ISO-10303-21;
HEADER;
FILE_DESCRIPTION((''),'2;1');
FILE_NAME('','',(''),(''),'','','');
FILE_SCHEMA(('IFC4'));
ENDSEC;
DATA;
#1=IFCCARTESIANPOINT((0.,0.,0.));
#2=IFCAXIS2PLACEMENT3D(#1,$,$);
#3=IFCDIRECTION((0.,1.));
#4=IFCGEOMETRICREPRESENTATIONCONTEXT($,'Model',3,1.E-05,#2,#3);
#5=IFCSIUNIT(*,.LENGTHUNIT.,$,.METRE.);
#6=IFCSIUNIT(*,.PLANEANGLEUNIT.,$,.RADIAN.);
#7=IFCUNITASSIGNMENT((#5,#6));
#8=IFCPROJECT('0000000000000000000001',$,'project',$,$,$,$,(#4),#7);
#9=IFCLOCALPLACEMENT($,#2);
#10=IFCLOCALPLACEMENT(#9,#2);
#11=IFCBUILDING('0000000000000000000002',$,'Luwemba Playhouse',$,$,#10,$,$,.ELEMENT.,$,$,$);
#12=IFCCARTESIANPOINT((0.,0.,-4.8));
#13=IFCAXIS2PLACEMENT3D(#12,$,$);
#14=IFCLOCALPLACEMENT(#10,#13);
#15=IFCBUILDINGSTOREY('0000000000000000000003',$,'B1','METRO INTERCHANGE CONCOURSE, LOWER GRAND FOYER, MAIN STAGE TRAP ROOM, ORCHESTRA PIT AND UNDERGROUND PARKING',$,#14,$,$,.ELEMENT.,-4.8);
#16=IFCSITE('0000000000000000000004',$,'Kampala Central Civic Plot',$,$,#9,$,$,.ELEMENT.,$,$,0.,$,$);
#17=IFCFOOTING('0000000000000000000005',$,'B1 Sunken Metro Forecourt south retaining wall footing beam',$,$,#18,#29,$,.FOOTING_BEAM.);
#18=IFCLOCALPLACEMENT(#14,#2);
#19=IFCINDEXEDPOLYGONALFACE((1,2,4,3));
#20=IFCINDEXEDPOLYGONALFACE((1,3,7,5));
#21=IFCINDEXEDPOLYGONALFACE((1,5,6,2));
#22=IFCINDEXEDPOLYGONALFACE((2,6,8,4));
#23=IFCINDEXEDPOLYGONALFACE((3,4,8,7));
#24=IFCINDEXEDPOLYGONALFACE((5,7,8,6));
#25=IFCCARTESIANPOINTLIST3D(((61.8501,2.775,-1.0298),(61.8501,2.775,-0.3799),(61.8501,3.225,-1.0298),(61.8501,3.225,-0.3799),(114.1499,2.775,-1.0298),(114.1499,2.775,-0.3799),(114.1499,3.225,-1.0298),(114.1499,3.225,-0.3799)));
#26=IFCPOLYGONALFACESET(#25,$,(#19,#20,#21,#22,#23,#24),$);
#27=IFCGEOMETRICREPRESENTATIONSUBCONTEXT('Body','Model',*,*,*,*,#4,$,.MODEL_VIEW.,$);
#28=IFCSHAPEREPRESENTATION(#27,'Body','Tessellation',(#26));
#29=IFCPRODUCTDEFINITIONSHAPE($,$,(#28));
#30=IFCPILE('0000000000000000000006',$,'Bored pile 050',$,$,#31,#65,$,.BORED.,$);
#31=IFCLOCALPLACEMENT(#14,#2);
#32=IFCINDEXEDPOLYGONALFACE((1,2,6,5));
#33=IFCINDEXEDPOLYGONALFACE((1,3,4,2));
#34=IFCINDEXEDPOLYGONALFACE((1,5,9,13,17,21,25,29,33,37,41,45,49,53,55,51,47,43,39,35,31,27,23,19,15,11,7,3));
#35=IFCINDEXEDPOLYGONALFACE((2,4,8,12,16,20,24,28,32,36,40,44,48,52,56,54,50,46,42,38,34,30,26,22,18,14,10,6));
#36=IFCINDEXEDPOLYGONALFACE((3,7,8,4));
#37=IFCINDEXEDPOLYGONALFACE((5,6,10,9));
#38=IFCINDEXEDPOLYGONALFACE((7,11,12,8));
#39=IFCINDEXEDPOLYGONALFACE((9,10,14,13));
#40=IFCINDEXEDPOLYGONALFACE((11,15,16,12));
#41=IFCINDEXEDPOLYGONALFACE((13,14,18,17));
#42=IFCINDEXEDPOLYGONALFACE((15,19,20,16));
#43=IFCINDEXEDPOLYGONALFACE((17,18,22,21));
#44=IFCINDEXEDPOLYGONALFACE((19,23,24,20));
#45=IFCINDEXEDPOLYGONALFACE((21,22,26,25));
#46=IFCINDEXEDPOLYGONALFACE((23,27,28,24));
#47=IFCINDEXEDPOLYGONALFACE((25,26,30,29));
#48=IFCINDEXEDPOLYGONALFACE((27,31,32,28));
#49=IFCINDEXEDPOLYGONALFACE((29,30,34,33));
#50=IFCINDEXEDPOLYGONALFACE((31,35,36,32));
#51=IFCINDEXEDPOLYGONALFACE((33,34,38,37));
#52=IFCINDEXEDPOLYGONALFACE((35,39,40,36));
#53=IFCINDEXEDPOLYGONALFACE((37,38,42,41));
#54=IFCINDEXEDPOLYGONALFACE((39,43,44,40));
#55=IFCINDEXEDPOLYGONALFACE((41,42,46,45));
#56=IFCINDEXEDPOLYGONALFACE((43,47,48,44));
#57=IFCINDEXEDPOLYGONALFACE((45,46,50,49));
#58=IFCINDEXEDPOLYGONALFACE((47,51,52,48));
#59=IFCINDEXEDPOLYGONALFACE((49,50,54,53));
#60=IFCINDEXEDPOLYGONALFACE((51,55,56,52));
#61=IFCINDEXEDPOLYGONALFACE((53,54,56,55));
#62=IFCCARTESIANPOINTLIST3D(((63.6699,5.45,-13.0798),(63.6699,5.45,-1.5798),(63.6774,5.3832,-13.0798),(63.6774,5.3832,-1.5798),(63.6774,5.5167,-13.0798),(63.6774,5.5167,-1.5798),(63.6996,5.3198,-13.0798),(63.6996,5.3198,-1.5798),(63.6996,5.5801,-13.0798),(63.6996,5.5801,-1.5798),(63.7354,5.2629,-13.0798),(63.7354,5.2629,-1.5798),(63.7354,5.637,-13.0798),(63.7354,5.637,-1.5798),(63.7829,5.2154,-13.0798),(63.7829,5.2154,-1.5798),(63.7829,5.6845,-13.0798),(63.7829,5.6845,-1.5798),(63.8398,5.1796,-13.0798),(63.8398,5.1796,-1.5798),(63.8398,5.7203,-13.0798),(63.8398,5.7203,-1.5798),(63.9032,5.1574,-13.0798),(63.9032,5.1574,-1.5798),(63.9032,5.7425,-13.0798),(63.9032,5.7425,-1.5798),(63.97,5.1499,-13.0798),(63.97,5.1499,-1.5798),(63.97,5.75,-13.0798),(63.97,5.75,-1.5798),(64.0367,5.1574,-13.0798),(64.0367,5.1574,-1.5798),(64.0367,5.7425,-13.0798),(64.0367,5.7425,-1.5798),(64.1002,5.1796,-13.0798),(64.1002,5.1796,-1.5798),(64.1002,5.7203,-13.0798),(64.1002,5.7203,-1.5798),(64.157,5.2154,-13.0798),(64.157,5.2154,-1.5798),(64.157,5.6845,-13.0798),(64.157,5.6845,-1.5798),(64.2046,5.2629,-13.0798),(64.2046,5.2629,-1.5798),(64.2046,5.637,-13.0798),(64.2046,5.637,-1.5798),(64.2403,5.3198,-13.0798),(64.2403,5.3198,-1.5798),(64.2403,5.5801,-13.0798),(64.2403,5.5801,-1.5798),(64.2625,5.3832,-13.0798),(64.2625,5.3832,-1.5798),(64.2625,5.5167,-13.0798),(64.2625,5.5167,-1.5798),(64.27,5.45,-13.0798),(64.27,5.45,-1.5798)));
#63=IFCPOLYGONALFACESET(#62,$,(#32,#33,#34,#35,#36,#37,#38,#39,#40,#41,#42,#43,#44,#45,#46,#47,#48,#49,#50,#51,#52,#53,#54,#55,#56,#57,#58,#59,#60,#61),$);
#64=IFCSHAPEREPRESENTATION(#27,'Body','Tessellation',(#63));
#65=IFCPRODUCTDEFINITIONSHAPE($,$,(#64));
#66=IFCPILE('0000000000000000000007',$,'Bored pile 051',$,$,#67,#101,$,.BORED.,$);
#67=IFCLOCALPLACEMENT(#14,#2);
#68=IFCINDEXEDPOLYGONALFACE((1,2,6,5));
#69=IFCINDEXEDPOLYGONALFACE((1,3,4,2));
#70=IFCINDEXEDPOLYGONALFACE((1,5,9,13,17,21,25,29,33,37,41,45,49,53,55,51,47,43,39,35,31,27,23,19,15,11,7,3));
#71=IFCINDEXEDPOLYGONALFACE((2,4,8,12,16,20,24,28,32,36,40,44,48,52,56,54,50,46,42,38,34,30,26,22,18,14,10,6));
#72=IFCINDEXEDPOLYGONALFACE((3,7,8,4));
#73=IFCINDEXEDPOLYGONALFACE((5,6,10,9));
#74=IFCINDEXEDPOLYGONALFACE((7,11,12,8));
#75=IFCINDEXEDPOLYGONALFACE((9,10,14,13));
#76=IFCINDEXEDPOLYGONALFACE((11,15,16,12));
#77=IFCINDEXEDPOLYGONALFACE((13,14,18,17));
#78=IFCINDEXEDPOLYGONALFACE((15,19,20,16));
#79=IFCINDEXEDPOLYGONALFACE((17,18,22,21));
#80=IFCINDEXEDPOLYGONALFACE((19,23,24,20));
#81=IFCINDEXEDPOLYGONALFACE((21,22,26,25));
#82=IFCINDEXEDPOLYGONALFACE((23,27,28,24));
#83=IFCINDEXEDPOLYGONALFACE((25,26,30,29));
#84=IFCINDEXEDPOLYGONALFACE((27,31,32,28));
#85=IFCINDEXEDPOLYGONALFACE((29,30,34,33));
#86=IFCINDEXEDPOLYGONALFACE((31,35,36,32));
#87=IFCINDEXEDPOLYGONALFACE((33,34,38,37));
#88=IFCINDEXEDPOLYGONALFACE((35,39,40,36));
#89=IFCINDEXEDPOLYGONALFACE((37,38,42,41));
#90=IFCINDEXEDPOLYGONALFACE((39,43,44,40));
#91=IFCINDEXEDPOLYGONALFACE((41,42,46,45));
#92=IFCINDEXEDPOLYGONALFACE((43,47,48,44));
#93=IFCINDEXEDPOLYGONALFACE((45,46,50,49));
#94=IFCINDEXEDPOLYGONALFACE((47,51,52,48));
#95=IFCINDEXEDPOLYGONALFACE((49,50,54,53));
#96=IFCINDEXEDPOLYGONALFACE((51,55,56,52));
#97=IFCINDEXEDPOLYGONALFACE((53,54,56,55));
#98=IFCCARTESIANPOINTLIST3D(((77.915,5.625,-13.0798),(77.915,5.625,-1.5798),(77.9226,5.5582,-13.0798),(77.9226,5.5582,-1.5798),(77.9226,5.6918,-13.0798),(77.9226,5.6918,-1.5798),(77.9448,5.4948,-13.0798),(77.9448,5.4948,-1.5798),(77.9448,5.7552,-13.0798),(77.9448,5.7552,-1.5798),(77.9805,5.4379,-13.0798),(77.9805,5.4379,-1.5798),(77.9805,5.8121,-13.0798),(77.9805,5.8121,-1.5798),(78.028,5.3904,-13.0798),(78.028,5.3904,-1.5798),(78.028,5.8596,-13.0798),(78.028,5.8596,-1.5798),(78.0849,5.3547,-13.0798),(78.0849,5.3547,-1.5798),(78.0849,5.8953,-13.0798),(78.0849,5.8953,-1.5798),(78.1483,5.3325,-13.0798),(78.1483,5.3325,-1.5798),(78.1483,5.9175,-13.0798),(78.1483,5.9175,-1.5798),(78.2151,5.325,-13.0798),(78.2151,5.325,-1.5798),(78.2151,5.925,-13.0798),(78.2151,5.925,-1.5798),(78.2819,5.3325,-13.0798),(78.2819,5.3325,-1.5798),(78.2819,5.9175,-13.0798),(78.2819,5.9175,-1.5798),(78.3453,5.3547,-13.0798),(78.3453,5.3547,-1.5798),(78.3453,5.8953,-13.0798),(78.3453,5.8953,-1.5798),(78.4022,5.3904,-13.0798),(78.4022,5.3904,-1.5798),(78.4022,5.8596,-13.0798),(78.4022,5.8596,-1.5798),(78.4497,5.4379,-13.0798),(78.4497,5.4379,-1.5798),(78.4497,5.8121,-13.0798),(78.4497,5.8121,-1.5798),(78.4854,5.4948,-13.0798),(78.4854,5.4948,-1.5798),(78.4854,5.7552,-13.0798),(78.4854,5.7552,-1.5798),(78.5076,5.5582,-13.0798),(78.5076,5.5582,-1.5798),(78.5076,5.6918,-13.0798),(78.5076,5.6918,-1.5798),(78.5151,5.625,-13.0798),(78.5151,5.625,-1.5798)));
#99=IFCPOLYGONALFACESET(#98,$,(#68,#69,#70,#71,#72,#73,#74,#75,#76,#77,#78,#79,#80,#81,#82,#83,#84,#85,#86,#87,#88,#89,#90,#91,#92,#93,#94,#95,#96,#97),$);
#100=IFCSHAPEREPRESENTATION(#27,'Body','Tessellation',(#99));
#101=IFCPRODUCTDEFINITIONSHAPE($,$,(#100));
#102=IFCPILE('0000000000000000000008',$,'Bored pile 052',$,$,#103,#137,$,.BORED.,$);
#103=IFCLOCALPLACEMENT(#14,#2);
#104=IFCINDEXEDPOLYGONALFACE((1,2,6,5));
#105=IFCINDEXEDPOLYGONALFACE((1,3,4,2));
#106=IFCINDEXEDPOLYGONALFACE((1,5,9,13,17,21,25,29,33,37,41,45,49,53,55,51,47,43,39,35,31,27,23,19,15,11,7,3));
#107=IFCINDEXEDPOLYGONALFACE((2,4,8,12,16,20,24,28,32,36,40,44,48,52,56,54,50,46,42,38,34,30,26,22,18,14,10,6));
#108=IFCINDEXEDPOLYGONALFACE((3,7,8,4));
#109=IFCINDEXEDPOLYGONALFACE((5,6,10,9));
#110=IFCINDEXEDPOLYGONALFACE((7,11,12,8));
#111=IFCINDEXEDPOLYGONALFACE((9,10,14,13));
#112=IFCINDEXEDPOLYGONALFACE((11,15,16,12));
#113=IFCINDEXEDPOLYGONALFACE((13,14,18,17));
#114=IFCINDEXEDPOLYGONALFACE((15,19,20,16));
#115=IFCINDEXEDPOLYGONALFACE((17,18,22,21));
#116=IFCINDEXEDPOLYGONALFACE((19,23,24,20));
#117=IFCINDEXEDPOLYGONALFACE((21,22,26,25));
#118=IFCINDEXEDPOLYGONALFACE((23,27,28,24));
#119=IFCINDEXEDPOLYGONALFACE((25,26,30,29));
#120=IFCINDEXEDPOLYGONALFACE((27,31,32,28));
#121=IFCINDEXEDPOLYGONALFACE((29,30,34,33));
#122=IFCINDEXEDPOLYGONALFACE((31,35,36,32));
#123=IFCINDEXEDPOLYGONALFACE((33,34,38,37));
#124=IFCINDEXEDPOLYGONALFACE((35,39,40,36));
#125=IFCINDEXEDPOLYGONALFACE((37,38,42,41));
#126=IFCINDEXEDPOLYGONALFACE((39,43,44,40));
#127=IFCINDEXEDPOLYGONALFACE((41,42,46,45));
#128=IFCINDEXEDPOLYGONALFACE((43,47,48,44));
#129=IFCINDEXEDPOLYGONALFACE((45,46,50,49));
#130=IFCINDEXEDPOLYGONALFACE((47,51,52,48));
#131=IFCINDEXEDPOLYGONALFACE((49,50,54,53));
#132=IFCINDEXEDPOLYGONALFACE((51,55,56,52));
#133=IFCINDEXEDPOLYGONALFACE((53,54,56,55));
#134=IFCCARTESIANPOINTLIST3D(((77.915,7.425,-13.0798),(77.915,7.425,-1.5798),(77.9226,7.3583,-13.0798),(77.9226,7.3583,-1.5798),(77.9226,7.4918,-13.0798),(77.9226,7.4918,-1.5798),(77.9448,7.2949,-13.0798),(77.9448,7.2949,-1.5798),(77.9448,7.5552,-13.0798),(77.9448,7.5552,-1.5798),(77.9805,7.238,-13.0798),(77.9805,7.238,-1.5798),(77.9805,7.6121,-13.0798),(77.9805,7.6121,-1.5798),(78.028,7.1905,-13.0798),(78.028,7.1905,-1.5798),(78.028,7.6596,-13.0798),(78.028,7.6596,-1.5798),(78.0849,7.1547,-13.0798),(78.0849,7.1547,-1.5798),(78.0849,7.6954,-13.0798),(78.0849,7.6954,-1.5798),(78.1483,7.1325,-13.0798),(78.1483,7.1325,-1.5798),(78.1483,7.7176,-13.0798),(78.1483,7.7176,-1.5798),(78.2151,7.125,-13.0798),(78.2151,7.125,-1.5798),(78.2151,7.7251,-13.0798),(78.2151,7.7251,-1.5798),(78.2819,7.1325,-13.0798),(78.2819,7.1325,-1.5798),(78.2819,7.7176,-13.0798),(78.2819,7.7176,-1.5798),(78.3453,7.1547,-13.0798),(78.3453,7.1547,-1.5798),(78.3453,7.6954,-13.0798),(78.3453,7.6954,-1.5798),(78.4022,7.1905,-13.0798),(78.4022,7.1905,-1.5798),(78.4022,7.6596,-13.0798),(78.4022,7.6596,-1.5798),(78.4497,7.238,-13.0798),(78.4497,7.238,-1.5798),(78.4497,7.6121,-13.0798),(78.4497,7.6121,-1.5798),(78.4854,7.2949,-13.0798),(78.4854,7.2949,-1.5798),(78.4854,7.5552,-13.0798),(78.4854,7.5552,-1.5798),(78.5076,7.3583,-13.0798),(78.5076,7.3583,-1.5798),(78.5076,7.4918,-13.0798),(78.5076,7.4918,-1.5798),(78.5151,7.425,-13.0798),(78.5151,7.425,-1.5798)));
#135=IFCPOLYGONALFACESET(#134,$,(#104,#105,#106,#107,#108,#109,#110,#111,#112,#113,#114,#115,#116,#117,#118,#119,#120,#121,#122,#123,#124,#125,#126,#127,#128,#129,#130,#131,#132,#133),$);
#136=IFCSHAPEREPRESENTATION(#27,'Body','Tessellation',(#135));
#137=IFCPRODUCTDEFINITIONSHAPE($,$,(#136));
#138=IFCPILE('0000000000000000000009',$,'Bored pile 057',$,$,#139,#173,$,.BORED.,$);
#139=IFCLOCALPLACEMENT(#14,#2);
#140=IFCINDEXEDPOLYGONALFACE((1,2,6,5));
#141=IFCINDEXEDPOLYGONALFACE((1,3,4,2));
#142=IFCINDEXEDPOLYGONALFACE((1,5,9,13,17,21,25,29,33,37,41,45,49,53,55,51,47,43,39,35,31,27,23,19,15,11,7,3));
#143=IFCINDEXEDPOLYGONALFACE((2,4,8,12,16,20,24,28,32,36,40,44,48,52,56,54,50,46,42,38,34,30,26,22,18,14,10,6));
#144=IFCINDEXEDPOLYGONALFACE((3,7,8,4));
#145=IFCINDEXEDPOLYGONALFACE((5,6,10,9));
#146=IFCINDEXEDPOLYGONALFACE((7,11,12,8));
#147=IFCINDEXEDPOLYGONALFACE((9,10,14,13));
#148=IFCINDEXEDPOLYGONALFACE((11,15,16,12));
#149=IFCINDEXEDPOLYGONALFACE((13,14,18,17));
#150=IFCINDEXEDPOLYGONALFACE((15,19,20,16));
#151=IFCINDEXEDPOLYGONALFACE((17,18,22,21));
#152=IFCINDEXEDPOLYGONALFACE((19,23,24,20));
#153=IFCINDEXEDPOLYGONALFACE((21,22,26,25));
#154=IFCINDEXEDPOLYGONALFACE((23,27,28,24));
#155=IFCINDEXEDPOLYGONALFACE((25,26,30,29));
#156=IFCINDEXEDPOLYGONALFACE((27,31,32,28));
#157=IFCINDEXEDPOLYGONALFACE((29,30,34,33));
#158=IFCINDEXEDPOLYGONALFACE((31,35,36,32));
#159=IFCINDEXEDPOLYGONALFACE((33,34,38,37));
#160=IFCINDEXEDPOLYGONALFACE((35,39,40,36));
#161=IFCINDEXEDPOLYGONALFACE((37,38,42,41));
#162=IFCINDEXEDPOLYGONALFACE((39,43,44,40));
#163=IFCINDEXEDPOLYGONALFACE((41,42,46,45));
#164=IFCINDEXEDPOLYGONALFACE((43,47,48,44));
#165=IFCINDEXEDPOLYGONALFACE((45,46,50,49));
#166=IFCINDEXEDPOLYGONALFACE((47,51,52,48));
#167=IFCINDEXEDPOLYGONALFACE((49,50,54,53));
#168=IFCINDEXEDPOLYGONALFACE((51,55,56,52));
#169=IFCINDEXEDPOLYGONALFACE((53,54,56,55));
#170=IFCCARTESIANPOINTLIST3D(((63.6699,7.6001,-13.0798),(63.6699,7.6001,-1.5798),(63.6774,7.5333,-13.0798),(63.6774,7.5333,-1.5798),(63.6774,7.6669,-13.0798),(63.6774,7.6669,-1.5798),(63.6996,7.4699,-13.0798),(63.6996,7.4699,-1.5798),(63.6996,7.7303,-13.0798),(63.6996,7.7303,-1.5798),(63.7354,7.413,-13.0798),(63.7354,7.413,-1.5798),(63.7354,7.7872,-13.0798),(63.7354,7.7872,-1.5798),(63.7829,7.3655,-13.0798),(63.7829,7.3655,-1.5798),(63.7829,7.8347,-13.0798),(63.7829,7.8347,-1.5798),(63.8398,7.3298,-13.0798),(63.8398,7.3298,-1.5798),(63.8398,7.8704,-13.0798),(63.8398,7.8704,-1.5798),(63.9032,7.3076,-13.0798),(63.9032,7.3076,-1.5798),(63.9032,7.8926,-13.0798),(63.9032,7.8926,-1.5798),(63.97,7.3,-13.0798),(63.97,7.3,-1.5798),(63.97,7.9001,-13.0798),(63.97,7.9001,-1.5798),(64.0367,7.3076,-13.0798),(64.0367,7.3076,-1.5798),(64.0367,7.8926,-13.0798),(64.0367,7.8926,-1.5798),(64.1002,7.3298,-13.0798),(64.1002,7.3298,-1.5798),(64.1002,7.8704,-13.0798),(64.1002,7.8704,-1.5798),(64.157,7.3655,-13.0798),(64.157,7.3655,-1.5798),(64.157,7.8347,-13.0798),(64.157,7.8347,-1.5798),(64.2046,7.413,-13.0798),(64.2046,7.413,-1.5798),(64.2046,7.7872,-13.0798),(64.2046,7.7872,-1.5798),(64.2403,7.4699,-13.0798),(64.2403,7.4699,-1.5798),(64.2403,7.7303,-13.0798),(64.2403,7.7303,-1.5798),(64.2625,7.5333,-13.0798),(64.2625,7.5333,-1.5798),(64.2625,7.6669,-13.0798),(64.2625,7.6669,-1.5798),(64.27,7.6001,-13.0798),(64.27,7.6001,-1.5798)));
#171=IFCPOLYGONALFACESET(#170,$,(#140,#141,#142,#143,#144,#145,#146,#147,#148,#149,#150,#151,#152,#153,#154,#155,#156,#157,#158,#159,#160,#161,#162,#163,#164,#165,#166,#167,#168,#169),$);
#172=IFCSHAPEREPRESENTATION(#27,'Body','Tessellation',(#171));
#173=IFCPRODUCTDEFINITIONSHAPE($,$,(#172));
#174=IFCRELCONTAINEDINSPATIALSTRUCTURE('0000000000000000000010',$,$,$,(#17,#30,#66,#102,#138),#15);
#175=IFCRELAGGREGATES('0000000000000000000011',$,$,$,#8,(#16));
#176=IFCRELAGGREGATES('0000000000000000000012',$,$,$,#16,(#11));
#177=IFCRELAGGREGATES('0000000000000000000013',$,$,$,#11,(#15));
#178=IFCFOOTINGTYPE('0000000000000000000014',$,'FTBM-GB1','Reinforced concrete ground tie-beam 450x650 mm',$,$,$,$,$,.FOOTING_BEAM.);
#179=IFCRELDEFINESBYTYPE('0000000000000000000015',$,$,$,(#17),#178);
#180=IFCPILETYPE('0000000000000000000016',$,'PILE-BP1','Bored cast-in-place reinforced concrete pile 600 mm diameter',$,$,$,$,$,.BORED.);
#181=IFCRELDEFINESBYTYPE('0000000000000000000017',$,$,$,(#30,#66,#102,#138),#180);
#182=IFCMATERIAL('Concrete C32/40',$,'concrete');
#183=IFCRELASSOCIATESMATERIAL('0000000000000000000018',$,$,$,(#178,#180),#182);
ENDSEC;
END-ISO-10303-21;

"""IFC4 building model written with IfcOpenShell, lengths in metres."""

from ifc_helpers import new_model, si_unit, direction, frame, origin, origin_2d, place, context, subcontext, project, spatial, rectangle, circle, extrude, material, material_profile, profile_set, type_object, element, save


model = new_model("IFC4")

# Units and contexts
model_context = context("Model", 3, precision=1e-05, world=origin(), true_north=direction((0.0, 1.0)))
body_context = subcontext(model_context, "Body", "Model", "MODEL_VIEW")
ifc_project = project(units=[si_unit("LENGTHUNIT", "METRE"), si_unit("PLANEANGLEUNIT", "RADIAN")], contexts=[model_context])

# Site, building, storey
site_placement = place(None, origin())
site = spatial("IfcSite", under=ifc_project, at=site_placement, Name="Kampala Central Civic Plot", CompositionType="ELEMENT", RefElevation=0.0)
building_placement = place(site_placement, origin())
building = spatial("IfcBuilding", under=site, at=building_placement, Name="Luwemba Playhouse", CompositionType="ELEMENT")
storey_placement = place(building_placement, frame((0.0, 0.0, -4.8)))
storey = spatial("IfcBuildingStorey", under=building, at=storey_placement, Name="B1", Description="METRO INTERCHANGE CONCOURSE, LOWER GRAND FOYER, MAIN STAGE TRAP ROOM, ORCHESTRA PIT AND UNDERGROUND PARKING", CompositionType="ELEMENT", Elevation=-4.8)

# Footing
ifc_material_1 = material(Name="Concrete C32/40", Category="concrete")
ifc_material_profile_1 = material_profile(ifc_material_1, rectangle(XDim=0.45, YDim=0.6499, at=origin_2d()))
ifc_profile_set_1 = profile_set([ifc_material_profile_1], Name="Concrete C32/40")
footing_type = type_object("IfcFootingType", Name="FTBM-GB1", Description="Reinforced concrete ground tie-beam 450x650 mm", PredefinedType="FOOTING_BEAM", material=ifc_profile_set_1)
footing_placement = place(storey_placement, frame((61.8501, 3.0, -0.7048), z_axis=(1.0, 0.0, 0.0), x_axis=(0.0, 1.0, 0.0)))
element("IfcFooting", 1, at=footing_placement, inside=storey, type_object=footing_type, Name="B1 Sunken Metro Forecourt south retaining wall footing beam", PredefinedType="FOOTING_BEAM", context=body_context, shape_type="SweptSolid", body=[
    extrude(rectangle(XDim=0.45, YDim=0.6499, at=origin_2d()), origin(), (0.0, 0.0, 1.0), 52.2998),
])

# Piles
ifc_material_profile_2 = material_profile(ifc_material_1, circle(Radius=0.3, at=origin_2d()))
ifc_profile_set_2 = profile_set([ifc_material_profile_2], Name="Concrete C32/40")
pile_type_1 = type_object("IfcPileType", Name="PILE-BP1", Description="Bored cast-in-place reinforced concrete pile 600 mm diameter", PredefinedType="BORED", material=ifc_profile_set_2)
for number, where, z_axis, x_axis, name in (
    (2, (63.97, 5.45, -1.5798), (0.0, 0.0, -1.0), (1.0, 0.0, 0.0), "Bored pile 050"),
    (3, (78.2151, 5.625, -1.5798), (0.0, 0.0, -1.0), (1.0, 0.0, 0.0), "Bored pile 051"),
    (4, (78.2151, 7.425, -1.5798), (0.0, 0.0, -1.0), (1.0, 0.0, 0.0), "Bored pile 052"),
    (5, (63.97, 7.6001, -1.5798), (0.0, 0.0, -1.0), (1.0, 0.0, 0.0), "Bored pile 057"),
):
    element("IfcPile", number, at=place(storey_placement, frame(where, z_axis=z_axis, x_axis=x_axis)), inside=storey, type_object=pile_type_1, Name=name, PredefinedType="BORED", context=body_context, shape_type="SweptSolid", body=[
        extrude(circle(Radius=0.3, at=origin_2d()), origin(), (0.0, 0.0, 1.0), 11.5),
    ])

save(model, "model.ifc")
